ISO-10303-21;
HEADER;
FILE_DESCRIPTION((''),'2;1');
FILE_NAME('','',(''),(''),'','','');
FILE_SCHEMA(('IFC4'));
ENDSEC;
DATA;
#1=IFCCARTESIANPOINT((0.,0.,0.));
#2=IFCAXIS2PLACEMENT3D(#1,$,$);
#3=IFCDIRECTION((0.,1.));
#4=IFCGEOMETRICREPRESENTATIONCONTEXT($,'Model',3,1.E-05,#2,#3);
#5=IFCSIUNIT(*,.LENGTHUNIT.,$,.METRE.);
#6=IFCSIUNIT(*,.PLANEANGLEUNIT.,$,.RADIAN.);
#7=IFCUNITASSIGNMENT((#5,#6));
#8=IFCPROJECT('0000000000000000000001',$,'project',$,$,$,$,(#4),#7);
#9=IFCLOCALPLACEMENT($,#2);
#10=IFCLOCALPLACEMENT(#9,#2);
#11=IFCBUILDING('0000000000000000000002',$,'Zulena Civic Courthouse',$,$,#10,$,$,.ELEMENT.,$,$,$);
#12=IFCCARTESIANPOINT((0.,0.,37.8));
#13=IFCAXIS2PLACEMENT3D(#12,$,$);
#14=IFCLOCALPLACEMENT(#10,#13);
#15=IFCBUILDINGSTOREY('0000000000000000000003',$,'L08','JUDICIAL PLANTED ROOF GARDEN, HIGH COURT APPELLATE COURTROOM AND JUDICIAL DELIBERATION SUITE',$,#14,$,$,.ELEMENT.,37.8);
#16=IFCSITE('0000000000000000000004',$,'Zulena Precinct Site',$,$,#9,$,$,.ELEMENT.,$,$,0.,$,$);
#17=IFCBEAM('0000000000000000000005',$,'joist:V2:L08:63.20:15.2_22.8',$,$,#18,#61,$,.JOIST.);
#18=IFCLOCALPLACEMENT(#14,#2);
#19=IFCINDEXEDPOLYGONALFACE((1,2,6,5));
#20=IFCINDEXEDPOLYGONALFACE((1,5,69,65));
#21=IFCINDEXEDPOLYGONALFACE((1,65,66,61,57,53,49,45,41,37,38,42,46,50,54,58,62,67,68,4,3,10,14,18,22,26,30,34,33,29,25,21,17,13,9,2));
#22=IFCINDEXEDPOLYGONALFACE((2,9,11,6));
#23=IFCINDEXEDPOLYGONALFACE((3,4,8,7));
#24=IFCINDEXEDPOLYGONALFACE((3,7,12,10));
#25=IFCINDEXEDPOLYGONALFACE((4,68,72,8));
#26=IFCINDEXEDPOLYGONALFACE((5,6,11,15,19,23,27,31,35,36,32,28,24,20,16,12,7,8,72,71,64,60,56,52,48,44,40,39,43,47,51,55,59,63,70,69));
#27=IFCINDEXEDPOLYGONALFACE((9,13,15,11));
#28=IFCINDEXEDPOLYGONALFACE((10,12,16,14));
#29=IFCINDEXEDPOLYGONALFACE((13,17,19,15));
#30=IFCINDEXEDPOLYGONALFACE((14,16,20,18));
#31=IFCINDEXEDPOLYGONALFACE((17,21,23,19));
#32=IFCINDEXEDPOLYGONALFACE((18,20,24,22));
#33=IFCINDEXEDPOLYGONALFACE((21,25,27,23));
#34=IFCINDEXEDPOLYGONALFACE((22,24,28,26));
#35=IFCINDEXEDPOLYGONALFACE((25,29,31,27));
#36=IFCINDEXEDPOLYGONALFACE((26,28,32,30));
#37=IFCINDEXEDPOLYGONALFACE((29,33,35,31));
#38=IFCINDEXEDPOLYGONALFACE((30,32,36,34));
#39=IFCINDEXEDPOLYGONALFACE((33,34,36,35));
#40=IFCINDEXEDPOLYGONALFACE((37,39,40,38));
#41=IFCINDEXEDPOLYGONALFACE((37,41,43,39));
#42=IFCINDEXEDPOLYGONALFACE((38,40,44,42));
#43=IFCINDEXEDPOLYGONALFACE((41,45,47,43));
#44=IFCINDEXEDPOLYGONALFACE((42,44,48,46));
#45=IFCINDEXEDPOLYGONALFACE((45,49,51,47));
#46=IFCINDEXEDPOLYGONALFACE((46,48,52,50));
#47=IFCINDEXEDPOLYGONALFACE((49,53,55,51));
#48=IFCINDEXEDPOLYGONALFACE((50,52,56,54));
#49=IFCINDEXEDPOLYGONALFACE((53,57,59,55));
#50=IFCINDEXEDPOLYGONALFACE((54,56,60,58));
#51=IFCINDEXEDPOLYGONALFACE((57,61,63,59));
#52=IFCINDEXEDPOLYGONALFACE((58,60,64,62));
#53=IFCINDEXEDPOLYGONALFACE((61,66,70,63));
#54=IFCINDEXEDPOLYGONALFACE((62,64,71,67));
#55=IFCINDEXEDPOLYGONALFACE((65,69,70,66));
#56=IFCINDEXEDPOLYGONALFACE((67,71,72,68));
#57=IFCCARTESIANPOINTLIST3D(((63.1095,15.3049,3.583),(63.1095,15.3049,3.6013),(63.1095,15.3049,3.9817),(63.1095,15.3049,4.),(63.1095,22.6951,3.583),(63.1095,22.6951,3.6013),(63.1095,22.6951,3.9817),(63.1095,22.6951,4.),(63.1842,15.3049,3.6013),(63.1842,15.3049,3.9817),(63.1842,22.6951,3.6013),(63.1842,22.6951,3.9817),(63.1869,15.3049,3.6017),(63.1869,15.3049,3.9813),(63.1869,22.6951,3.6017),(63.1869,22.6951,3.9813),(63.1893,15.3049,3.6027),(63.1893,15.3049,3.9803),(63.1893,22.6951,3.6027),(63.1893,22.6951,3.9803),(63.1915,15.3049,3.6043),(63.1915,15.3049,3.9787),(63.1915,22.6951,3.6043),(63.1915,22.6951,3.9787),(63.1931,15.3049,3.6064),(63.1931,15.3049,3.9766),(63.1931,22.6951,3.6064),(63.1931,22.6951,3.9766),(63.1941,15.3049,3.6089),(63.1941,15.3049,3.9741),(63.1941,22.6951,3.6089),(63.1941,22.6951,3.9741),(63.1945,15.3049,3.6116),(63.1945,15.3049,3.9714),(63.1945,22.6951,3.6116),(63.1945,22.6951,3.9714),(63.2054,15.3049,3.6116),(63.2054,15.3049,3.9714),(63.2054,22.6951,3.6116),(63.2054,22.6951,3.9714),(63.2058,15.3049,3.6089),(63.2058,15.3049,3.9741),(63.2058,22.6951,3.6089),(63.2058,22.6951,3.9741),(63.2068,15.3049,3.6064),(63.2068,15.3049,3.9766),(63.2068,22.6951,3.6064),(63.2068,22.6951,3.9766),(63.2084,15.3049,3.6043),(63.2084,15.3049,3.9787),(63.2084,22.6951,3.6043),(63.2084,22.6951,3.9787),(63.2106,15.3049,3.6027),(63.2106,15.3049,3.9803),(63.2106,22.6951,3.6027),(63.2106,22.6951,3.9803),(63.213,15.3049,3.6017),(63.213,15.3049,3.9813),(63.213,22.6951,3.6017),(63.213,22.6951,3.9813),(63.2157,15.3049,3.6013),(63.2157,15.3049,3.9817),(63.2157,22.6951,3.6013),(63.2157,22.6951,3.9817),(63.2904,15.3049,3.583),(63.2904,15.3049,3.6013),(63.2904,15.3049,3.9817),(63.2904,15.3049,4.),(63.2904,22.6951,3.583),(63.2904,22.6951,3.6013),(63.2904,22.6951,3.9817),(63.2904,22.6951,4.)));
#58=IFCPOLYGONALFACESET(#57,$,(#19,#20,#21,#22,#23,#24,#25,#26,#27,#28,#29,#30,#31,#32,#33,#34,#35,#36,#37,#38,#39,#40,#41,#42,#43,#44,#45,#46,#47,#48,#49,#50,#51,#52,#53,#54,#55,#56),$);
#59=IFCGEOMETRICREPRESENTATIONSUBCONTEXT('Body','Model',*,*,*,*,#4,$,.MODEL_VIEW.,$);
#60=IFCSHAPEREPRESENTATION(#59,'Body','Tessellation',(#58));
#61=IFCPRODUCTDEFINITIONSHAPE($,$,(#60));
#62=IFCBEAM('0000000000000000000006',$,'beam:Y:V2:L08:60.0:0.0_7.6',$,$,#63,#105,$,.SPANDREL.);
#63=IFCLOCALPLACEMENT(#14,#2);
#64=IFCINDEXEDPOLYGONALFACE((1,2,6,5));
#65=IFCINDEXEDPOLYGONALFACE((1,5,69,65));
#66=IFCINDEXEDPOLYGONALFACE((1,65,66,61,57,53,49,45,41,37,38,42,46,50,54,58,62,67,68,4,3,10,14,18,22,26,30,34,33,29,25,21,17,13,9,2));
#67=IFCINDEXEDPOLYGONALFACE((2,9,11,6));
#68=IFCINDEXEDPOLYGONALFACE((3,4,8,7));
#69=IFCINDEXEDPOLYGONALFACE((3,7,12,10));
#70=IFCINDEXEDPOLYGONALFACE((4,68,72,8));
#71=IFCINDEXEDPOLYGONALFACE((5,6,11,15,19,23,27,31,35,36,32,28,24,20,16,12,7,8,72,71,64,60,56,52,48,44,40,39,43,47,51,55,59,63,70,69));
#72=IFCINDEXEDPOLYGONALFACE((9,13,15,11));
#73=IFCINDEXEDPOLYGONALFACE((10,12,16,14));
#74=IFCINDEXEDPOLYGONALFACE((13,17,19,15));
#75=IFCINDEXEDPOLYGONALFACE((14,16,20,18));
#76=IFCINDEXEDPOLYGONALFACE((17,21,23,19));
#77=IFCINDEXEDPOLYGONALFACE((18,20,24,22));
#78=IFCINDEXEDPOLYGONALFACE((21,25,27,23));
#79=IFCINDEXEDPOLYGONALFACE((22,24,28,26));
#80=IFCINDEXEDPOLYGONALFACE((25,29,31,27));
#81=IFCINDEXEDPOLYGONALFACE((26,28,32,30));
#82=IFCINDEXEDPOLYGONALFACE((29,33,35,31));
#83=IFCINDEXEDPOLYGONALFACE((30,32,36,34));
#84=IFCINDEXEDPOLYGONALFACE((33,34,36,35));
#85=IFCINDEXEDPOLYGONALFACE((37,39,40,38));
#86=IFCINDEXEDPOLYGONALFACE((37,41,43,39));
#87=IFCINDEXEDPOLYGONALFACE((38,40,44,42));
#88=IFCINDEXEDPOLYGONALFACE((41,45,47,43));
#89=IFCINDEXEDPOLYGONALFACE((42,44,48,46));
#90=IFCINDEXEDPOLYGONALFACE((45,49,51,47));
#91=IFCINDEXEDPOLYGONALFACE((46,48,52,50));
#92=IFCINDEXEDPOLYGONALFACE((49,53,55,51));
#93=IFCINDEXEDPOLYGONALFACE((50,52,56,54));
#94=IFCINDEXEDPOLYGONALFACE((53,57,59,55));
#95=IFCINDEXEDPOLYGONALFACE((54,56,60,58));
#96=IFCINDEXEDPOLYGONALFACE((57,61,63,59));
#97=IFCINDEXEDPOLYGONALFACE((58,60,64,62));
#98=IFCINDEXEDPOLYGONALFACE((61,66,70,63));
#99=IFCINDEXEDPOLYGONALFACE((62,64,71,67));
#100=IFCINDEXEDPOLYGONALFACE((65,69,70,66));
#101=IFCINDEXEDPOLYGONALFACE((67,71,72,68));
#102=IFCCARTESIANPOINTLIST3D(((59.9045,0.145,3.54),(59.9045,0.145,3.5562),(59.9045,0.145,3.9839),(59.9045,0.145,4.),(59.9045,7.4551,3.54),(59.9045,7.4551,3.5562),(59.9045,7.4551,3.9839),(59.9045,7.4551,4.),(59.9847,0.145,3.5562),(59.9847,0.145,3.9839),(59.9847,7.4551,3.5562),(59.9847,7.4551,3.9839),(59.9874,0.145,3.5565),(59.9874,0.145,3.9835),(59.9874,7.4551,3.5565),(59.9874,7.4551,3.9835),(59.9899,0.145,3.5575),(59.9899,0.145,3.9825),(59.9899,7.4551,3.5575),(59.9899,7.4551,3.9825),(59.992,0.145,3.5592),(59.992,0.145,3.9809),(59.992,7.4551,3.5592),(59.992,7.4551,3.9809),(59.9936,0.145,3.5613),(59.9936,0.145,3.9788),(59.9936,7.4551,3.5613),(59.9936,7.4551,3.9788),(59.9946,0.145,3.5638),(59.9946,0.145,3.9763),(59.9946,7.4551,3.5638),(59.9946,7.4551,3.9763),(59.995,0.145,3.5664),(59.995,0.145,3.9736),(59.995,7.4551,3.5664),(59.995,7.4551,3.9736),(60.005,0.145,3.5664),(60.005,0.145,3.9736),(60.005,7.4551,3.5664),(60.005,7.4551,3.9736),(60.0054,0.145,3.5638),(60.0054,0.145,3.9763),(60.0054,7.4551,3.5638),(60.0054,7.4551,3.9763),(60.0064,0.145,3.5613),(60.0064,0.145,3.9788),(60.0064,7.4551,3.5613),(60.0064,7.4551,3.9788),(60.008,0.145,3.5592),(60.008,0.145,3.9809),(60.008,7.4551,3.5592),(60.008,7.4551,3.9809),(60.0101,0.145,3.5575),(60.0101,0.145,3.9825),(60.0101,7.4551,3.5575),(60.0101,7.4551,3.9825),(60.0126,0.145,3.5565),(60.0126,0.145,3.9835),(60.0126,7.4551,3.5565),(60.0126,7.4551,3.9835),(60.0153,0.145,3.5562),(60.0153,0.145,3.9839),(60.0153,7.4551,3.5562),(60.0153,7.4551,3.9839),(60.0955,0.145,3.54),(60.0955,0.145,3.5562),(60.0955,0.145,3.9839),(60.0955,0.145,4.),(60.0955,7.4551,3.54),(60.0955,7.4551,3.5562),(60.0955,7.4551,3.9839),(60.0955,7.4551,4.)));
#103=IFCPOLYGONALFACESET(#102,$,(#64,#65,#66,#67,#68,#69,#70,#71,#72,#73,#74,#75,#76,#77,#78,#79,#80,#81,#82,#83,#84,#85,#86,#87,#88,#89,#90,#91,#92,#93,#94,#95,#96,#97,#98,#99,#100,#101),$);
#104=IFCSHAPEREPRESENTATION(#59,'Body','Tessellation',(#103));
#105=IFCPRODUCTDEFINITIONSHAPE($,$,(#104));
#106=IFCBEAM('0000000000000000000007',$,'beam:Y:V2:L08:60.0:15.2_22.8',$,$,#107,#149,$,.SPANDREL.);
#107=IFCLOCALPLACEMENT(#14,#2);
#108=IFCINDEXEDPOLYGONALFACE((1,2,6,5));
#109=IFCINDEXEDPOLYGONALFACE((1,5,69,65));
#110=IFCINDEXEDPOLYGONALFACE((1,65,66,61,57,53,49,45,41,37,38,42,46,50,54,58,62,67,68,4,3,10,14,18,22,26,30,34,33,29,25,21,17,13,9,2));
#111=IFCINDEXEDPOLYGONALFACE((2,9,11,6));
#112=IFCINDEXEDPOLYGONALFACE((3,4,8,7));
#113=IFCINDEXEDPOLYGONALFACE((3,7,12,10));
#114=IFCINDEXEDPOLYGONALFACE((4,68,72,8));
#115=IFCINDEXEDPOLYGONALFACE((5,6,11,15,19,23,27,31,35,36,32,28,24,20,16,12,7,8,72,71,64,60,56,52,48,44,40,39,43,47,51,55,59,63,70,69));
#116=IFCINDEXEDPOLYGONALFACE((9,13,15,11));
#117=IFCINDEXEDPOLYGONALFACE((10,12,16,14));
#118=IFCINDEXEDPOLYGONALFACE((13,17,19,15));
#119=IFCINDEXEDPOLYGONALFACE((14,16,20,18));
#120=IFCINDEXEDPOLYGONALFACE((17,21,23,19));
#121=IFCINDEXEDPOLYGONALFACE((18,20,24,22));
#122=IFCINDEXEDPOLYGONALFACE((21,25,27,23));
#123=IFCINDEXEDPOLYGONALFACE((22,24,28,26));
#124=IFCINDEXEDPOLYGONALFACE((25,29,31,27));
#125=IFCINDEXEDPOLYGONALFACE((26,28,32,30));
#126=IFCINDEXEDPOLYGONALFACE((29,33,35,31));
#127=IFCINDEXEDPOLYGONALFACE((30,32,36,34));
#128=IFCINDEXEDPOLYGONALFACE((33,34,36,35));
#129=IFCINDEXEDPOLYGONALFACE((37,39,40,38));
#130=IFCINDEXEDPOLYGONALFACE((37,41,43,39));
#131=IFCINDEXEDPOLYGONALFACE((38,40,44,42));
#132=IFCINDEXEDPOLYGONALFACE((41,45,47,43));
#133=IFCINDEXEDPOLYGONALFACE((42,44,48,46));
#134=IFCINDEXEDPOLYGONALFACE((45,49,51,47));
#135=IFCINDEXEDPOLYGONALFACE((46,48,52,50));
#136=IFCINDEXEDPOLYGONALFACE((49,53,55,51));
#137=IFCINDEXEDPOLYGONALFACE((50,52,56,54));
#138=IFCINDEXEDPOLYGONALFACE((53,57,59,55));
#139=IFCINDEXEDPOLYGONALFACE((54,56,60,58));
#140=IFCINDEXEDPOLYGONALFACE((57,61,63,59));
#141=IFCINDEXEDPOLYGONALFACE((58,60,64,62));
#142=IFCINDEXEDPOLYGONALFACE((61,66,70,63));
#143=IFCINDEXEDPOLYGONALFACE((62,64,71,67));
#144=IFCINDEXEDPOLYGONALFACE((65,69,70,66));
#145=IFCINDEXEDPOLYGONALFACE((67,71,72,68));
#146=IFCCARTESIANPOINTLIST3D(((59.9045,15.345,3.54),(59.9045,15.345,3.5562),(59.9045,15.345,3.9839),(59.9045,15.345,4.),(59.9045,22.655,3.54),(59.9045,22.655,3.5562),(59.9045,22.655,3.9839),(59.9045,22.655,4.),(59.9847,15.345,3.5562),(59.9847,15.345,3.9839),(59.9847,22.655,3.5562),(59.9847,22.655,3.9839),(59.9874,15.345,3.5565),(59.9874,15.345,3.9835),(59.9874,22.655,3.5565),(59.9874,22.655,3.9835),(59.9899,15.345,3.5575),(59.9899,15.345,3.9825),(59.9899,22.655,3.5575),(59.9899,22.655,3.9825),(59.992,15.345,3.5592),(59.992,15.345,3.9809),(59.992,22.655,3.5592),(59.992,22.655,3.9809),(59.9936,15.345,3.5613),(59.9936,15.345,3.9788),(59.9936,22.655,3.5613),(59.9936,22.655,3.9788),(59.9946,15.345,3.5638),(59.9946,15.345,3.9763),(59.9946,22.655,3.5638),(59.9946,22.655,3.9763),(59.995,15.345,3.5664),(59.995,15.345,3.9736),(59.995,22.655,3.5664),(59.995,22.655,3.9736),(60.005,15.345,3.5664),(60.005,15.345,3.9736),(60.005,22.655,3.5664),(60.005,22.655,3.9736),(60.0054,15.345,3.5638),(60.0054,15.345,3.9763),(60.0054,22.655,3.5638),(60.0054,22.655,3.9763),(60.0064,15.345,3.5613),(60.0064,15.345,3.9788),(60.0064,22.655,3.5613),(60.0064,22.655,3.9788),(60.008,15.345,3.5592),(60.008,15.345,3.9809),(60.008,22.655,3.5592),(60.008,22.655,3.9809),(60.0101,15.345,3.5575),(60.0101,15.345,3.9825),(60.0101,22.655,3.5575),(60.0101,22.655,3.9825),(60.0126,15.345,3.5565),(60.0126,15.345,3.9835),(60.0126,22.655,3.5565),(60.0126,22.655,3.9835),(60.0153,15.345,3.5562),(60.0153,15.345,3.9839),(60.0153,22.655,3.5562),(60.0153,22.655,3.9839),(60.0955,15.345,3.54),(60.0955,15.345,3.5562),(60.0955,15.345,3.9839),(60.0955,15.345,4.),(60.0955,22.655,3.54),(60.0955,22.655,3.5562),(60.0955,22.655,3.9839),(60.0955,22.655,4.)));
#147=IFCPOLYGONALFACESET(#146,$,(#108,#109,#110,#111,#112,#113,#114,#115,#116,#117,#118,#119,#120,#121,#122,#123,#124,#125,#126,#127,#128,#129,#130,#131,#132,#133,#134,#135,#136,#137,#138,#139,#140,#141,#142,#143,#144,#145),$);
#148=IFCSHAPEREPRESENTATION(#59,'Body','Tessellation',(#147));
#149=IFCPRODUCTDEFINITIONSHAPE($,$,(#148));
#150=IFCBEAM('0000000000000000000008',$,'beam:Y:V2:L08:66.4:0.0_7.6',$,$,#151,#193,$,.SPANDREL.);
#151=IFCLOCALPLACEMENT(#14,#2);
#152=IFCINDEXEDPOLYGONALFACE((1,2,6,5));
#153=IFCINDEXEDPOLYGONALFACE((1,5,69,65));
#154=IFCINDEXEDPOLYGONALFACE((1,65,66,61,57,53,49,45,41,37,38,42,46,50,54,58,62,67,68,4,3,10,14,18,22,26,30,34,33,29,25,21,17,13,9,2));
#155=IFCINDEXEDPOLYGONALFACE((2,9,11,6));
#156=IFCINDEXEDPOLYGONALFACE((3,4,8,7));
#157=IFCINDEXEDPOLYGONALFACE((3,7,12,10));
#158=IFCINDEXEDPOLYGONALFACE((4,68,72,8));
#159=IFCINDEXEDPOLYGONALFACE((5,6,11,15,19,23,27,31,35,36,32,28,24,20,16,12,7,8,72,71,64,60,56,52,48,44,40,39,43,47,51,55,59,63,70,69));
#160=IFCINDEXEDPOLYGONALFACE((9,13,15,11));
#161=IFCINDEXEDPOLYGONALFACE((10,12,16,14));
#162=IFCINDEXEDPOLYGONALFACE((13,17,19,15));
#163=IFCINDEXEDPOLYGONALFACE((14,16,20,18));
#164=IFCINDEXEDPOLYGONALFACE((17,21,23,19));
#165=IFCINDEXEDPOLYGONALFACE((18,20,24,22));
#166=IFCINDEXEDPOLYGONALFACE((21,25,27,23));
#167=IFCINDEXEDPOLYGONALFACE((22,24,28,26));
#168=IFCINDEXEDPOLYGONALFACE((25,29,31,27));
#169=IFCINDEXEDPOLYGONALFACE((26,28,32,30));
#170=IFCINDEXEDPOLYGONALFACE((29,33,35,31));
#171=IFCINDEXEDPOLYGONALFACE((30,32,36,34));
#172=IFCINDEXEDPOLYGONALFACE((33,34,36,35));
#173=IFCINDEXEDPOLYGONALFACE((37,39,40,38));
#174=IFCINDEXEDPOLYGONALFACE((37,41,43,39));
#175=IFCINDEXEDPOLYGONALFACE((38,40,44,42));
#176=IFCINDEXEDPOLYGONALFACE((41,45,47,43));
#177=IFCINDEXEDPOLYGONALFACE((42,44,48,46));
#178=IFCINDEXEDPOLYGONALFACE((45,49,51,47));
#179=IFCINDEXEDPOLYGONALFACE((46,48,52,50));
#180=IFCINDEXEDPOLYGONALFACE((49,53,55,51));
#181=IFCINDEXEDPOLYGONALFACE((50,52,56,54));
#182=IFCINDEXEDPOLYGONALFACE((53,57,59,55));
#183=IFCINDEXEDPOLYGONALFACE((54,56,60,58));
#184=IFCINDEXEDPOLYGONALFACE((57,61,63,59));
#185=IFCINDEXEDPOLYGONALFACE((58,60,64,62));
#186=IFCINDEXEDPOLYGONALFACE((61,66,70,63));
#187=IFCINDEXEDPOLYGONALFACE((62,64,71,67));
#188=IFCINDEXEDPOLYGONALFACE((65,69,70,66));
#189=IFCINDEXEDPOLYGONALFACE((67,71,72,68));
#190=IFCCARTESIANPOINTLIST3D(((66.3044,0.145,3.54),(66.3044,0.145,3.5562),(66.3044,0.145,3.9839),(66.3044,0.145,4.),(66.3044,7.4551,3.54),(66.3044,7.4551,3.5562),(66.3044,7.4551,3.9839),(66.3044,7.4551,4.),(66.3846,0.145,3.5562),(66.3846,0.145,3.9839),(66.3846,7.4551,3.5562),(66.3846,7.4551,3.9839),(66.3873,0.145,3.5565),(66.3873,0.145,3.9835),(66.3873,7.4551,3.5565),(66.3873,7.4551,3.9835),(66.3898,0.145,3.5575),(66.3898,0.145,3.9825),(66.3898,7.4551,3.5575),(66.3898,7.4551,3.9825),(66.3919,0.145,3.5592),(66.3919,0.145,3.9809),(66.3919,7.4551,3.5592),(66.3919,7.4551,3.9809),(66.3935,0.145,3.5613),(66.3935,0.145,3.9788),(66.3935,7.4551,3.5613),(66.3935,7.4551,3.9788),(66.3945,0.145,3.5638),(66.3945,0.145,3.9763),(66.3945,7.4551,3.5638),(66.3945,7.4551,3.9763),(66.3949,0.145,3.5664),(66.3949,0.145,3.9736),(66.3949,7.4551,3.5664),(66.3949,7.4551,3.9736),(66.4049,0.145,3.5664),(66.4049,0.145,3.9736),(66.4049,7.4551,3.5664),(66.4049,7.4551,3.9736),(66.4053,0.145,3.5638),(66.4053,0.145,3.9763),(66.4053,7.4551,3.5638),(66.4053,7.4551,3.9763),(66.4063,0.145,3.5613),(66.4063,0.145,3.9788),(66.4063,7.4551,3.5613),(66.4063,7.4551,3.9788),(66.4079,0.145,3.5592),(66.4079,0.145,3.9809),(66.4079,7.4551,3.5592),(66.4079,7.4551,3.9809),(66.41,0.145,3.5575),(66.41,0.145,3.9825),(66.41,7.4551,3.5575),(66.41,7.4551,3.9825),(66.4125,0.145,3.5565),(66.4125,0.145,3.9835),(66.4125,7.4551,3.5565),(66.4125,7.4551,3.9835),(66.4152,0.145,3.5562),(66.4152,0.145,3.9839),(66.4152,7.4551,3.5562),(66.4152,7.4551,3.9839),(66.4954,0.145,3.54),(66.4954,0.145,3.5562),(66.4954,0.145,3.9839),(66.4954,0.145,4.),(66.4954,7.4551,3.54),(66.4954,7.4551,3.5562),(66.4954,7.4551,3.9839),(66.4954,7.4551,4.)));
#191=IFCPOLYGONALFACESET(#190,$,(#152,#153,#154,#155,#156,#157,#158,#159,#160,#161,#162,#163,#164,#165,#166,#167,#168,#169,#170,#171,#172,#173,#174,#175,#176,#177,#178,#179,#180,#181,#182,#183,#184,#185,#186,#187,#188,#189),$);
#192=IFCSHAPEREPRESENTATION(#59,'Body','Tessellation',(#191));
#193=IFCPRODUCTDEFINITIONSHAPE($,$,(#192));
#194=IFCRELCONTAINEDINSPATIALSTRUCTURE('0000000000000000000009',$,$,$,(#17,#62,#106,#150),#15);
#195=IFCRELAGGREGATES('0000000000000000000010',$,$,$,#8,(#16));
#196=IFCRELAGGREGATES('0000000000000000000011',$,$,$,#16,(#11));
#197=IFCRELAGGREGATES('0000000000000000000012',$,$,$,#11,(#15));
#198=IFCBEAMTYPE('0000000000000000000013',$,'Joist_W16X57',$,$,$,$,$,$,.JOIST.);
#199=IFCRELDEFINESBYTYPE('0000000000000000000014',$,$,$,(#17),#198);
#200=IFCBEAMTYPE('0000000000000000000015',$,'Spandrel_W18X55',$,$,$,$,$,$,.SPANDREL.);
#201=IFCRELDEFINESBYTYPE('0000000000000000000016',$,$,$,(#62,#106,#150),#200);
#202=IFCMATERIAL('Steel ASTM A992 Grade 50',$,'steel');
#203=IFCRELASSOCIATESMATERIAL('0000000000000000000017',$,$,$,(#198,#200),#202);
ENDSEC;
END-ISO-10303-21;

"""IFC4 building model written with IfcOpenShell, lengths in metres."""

from ifc_helpers import new_model, si_unit, direction, frame, origin, origin_2d, place, context, subcontext, project, spatial, i_section, extrude, material, material_profile, profile_set, type_object, element, save


model = new_model("IFC4")

# Units and contexts
model_context = context("Model", 3, precision=1e-05, world=origin(), true_north=direction((0.0, 1.0)))
body_context = subcontext(model_context, "Body", "Model", "MODEL_VIEW")
ifc_project = project(units=[si_unit("LENGTHUNIT", "METRE"), si_unit("PLANEANGLEUNIT", "RADIAN")], contexts=[model_context])

# Site, building, storey
site_placement = place(None, origin())
site = spatial("IfcSite", under=ifc_project, at=site_placement, Name="Zulena Precinct Site", CompositionType="ELEMENT", RefElevation=0.0)
building_placement = place(site_placement, origin())
building = spatial("IfcBuilding", under=site, at=building_placement, Name="Zulena Civic Courthouse", CompositionType="ELEMENT")
storey_placement = place(building_placement, frame((0.0, 0.0, 37.8)))
storey = spatial("IfcBuildingStorey", under=building, at=storey_placement, Name="L08", Description="JUDICIAL PLANTED ROOF GARDEN, HIGH COURT APPELLATE COURTROOM AND JUDICIAL DELIBERATION SUITE", CompositionType="ELEMENT", Elevation=37.8)

# Shared definitions
ifc_material_1 = material(Name="Steel ASTM A992 Grade 50", Category="steel")

# Beams
ifc_material_profile_1 = material_profile(ifc_material_1, i_section(OverallWidth=0.1809, OverallDepth=0.417, WebThickness=0.011, FlangeThickness=0.0183, FilletRadius=0.0103, at=origin_2d()), Name="W16X57")
ifc_profile_set_1 = profile_set([ifc_material_profile_1], Name="Steel ASTM A992 Grade 50")
beam_type_1 = type_object("IfcBeamType", Name="Joist_W16X57", PredefinedType="JOIST", material=ifc_profile_set_1)
beam_1_placement = place(storey_placement, frame((63.2, 15.3049, 3.7915), z_axis=(0.0, 1.0, 0.0), x_axis=(-1.0, 0.0, 0.0)))
element("IfcBeam", 1, at=beam_1_placement, inside=storey, type_object=beam_type_1, Name="joist:V2:L08:63.20:15.2_22.8", PredefinedType="JOIST", context=body_context, shape_type="SweptSolid", body=[
    extrude(i_section(OverallWidth=0.1809, OverallDepth=0.417, WebThickness=0.011, FlangeThickness=0.0183, FilletRadius=0.0103, at=origin_2d()), origin(), (0.0, 0.0, 1.0), 7.3901),
])
ifc_material_profile_2 = material_profile(ifc_material_1, i_section(OverallWidth=0.1909, OverallDepth=0.46, WebThickness=0.01, FlangeThickness=0.0161, FilletRadius=0.0103, at=origin_2d()), Name="W18X55")
ifc_profile_set_2 = profile_set([ifc_material_profile_2], Name="Steel ASTM A992 Grade 50")
beam_type_2 = type_object("IfcBeamType", Name="Spandrel_W18X55", PredefinedType="SPANDREL", material=ifc_profile_set_2)
for number, where, z_axis, x_axis, name in (
    (2, (60.0, 0.145, 3.77), (0.0, 1.0, 0.0), (-1.0, 0.0, 0.0), "beam:Y:V2:L08:60.0:0.0_7.6"),
    (3, (60.0, 15.345, 3.77), (0.0, 1.0, 0.0), (-1.0, 0.0, 0.0), "beam:Y:V2:L08:60.0:15.2_22.8"),
    (4, (66.3999, 0.145, 3.77), (0.0, 1.0, 0.0), (-1.0, 0.0, 0.0), "beam:Y:V2:L08:66.4:0.0_7.6"),
):
    element("IfcBeam", number, at=place(storey_placement, frame(where, z_axis=z_axis, x_axis=x_axis)), inside=storey, type_object=beam_type_2, Name=name, PredefinedType="SPANDREL", context=body_context, shape_type="SweptSolid", body=[
        extrude(i_section(OverallWidth=0.1909, OverallDepth=0.46, WebThickness=0.01, FlangeThickness=0.0161, FilletRadius=0.0103, at=origin_2d()), origin(), (0.0, 0.0, 1.0), 7.3101),
    ])

save(model, "model.ifc")
